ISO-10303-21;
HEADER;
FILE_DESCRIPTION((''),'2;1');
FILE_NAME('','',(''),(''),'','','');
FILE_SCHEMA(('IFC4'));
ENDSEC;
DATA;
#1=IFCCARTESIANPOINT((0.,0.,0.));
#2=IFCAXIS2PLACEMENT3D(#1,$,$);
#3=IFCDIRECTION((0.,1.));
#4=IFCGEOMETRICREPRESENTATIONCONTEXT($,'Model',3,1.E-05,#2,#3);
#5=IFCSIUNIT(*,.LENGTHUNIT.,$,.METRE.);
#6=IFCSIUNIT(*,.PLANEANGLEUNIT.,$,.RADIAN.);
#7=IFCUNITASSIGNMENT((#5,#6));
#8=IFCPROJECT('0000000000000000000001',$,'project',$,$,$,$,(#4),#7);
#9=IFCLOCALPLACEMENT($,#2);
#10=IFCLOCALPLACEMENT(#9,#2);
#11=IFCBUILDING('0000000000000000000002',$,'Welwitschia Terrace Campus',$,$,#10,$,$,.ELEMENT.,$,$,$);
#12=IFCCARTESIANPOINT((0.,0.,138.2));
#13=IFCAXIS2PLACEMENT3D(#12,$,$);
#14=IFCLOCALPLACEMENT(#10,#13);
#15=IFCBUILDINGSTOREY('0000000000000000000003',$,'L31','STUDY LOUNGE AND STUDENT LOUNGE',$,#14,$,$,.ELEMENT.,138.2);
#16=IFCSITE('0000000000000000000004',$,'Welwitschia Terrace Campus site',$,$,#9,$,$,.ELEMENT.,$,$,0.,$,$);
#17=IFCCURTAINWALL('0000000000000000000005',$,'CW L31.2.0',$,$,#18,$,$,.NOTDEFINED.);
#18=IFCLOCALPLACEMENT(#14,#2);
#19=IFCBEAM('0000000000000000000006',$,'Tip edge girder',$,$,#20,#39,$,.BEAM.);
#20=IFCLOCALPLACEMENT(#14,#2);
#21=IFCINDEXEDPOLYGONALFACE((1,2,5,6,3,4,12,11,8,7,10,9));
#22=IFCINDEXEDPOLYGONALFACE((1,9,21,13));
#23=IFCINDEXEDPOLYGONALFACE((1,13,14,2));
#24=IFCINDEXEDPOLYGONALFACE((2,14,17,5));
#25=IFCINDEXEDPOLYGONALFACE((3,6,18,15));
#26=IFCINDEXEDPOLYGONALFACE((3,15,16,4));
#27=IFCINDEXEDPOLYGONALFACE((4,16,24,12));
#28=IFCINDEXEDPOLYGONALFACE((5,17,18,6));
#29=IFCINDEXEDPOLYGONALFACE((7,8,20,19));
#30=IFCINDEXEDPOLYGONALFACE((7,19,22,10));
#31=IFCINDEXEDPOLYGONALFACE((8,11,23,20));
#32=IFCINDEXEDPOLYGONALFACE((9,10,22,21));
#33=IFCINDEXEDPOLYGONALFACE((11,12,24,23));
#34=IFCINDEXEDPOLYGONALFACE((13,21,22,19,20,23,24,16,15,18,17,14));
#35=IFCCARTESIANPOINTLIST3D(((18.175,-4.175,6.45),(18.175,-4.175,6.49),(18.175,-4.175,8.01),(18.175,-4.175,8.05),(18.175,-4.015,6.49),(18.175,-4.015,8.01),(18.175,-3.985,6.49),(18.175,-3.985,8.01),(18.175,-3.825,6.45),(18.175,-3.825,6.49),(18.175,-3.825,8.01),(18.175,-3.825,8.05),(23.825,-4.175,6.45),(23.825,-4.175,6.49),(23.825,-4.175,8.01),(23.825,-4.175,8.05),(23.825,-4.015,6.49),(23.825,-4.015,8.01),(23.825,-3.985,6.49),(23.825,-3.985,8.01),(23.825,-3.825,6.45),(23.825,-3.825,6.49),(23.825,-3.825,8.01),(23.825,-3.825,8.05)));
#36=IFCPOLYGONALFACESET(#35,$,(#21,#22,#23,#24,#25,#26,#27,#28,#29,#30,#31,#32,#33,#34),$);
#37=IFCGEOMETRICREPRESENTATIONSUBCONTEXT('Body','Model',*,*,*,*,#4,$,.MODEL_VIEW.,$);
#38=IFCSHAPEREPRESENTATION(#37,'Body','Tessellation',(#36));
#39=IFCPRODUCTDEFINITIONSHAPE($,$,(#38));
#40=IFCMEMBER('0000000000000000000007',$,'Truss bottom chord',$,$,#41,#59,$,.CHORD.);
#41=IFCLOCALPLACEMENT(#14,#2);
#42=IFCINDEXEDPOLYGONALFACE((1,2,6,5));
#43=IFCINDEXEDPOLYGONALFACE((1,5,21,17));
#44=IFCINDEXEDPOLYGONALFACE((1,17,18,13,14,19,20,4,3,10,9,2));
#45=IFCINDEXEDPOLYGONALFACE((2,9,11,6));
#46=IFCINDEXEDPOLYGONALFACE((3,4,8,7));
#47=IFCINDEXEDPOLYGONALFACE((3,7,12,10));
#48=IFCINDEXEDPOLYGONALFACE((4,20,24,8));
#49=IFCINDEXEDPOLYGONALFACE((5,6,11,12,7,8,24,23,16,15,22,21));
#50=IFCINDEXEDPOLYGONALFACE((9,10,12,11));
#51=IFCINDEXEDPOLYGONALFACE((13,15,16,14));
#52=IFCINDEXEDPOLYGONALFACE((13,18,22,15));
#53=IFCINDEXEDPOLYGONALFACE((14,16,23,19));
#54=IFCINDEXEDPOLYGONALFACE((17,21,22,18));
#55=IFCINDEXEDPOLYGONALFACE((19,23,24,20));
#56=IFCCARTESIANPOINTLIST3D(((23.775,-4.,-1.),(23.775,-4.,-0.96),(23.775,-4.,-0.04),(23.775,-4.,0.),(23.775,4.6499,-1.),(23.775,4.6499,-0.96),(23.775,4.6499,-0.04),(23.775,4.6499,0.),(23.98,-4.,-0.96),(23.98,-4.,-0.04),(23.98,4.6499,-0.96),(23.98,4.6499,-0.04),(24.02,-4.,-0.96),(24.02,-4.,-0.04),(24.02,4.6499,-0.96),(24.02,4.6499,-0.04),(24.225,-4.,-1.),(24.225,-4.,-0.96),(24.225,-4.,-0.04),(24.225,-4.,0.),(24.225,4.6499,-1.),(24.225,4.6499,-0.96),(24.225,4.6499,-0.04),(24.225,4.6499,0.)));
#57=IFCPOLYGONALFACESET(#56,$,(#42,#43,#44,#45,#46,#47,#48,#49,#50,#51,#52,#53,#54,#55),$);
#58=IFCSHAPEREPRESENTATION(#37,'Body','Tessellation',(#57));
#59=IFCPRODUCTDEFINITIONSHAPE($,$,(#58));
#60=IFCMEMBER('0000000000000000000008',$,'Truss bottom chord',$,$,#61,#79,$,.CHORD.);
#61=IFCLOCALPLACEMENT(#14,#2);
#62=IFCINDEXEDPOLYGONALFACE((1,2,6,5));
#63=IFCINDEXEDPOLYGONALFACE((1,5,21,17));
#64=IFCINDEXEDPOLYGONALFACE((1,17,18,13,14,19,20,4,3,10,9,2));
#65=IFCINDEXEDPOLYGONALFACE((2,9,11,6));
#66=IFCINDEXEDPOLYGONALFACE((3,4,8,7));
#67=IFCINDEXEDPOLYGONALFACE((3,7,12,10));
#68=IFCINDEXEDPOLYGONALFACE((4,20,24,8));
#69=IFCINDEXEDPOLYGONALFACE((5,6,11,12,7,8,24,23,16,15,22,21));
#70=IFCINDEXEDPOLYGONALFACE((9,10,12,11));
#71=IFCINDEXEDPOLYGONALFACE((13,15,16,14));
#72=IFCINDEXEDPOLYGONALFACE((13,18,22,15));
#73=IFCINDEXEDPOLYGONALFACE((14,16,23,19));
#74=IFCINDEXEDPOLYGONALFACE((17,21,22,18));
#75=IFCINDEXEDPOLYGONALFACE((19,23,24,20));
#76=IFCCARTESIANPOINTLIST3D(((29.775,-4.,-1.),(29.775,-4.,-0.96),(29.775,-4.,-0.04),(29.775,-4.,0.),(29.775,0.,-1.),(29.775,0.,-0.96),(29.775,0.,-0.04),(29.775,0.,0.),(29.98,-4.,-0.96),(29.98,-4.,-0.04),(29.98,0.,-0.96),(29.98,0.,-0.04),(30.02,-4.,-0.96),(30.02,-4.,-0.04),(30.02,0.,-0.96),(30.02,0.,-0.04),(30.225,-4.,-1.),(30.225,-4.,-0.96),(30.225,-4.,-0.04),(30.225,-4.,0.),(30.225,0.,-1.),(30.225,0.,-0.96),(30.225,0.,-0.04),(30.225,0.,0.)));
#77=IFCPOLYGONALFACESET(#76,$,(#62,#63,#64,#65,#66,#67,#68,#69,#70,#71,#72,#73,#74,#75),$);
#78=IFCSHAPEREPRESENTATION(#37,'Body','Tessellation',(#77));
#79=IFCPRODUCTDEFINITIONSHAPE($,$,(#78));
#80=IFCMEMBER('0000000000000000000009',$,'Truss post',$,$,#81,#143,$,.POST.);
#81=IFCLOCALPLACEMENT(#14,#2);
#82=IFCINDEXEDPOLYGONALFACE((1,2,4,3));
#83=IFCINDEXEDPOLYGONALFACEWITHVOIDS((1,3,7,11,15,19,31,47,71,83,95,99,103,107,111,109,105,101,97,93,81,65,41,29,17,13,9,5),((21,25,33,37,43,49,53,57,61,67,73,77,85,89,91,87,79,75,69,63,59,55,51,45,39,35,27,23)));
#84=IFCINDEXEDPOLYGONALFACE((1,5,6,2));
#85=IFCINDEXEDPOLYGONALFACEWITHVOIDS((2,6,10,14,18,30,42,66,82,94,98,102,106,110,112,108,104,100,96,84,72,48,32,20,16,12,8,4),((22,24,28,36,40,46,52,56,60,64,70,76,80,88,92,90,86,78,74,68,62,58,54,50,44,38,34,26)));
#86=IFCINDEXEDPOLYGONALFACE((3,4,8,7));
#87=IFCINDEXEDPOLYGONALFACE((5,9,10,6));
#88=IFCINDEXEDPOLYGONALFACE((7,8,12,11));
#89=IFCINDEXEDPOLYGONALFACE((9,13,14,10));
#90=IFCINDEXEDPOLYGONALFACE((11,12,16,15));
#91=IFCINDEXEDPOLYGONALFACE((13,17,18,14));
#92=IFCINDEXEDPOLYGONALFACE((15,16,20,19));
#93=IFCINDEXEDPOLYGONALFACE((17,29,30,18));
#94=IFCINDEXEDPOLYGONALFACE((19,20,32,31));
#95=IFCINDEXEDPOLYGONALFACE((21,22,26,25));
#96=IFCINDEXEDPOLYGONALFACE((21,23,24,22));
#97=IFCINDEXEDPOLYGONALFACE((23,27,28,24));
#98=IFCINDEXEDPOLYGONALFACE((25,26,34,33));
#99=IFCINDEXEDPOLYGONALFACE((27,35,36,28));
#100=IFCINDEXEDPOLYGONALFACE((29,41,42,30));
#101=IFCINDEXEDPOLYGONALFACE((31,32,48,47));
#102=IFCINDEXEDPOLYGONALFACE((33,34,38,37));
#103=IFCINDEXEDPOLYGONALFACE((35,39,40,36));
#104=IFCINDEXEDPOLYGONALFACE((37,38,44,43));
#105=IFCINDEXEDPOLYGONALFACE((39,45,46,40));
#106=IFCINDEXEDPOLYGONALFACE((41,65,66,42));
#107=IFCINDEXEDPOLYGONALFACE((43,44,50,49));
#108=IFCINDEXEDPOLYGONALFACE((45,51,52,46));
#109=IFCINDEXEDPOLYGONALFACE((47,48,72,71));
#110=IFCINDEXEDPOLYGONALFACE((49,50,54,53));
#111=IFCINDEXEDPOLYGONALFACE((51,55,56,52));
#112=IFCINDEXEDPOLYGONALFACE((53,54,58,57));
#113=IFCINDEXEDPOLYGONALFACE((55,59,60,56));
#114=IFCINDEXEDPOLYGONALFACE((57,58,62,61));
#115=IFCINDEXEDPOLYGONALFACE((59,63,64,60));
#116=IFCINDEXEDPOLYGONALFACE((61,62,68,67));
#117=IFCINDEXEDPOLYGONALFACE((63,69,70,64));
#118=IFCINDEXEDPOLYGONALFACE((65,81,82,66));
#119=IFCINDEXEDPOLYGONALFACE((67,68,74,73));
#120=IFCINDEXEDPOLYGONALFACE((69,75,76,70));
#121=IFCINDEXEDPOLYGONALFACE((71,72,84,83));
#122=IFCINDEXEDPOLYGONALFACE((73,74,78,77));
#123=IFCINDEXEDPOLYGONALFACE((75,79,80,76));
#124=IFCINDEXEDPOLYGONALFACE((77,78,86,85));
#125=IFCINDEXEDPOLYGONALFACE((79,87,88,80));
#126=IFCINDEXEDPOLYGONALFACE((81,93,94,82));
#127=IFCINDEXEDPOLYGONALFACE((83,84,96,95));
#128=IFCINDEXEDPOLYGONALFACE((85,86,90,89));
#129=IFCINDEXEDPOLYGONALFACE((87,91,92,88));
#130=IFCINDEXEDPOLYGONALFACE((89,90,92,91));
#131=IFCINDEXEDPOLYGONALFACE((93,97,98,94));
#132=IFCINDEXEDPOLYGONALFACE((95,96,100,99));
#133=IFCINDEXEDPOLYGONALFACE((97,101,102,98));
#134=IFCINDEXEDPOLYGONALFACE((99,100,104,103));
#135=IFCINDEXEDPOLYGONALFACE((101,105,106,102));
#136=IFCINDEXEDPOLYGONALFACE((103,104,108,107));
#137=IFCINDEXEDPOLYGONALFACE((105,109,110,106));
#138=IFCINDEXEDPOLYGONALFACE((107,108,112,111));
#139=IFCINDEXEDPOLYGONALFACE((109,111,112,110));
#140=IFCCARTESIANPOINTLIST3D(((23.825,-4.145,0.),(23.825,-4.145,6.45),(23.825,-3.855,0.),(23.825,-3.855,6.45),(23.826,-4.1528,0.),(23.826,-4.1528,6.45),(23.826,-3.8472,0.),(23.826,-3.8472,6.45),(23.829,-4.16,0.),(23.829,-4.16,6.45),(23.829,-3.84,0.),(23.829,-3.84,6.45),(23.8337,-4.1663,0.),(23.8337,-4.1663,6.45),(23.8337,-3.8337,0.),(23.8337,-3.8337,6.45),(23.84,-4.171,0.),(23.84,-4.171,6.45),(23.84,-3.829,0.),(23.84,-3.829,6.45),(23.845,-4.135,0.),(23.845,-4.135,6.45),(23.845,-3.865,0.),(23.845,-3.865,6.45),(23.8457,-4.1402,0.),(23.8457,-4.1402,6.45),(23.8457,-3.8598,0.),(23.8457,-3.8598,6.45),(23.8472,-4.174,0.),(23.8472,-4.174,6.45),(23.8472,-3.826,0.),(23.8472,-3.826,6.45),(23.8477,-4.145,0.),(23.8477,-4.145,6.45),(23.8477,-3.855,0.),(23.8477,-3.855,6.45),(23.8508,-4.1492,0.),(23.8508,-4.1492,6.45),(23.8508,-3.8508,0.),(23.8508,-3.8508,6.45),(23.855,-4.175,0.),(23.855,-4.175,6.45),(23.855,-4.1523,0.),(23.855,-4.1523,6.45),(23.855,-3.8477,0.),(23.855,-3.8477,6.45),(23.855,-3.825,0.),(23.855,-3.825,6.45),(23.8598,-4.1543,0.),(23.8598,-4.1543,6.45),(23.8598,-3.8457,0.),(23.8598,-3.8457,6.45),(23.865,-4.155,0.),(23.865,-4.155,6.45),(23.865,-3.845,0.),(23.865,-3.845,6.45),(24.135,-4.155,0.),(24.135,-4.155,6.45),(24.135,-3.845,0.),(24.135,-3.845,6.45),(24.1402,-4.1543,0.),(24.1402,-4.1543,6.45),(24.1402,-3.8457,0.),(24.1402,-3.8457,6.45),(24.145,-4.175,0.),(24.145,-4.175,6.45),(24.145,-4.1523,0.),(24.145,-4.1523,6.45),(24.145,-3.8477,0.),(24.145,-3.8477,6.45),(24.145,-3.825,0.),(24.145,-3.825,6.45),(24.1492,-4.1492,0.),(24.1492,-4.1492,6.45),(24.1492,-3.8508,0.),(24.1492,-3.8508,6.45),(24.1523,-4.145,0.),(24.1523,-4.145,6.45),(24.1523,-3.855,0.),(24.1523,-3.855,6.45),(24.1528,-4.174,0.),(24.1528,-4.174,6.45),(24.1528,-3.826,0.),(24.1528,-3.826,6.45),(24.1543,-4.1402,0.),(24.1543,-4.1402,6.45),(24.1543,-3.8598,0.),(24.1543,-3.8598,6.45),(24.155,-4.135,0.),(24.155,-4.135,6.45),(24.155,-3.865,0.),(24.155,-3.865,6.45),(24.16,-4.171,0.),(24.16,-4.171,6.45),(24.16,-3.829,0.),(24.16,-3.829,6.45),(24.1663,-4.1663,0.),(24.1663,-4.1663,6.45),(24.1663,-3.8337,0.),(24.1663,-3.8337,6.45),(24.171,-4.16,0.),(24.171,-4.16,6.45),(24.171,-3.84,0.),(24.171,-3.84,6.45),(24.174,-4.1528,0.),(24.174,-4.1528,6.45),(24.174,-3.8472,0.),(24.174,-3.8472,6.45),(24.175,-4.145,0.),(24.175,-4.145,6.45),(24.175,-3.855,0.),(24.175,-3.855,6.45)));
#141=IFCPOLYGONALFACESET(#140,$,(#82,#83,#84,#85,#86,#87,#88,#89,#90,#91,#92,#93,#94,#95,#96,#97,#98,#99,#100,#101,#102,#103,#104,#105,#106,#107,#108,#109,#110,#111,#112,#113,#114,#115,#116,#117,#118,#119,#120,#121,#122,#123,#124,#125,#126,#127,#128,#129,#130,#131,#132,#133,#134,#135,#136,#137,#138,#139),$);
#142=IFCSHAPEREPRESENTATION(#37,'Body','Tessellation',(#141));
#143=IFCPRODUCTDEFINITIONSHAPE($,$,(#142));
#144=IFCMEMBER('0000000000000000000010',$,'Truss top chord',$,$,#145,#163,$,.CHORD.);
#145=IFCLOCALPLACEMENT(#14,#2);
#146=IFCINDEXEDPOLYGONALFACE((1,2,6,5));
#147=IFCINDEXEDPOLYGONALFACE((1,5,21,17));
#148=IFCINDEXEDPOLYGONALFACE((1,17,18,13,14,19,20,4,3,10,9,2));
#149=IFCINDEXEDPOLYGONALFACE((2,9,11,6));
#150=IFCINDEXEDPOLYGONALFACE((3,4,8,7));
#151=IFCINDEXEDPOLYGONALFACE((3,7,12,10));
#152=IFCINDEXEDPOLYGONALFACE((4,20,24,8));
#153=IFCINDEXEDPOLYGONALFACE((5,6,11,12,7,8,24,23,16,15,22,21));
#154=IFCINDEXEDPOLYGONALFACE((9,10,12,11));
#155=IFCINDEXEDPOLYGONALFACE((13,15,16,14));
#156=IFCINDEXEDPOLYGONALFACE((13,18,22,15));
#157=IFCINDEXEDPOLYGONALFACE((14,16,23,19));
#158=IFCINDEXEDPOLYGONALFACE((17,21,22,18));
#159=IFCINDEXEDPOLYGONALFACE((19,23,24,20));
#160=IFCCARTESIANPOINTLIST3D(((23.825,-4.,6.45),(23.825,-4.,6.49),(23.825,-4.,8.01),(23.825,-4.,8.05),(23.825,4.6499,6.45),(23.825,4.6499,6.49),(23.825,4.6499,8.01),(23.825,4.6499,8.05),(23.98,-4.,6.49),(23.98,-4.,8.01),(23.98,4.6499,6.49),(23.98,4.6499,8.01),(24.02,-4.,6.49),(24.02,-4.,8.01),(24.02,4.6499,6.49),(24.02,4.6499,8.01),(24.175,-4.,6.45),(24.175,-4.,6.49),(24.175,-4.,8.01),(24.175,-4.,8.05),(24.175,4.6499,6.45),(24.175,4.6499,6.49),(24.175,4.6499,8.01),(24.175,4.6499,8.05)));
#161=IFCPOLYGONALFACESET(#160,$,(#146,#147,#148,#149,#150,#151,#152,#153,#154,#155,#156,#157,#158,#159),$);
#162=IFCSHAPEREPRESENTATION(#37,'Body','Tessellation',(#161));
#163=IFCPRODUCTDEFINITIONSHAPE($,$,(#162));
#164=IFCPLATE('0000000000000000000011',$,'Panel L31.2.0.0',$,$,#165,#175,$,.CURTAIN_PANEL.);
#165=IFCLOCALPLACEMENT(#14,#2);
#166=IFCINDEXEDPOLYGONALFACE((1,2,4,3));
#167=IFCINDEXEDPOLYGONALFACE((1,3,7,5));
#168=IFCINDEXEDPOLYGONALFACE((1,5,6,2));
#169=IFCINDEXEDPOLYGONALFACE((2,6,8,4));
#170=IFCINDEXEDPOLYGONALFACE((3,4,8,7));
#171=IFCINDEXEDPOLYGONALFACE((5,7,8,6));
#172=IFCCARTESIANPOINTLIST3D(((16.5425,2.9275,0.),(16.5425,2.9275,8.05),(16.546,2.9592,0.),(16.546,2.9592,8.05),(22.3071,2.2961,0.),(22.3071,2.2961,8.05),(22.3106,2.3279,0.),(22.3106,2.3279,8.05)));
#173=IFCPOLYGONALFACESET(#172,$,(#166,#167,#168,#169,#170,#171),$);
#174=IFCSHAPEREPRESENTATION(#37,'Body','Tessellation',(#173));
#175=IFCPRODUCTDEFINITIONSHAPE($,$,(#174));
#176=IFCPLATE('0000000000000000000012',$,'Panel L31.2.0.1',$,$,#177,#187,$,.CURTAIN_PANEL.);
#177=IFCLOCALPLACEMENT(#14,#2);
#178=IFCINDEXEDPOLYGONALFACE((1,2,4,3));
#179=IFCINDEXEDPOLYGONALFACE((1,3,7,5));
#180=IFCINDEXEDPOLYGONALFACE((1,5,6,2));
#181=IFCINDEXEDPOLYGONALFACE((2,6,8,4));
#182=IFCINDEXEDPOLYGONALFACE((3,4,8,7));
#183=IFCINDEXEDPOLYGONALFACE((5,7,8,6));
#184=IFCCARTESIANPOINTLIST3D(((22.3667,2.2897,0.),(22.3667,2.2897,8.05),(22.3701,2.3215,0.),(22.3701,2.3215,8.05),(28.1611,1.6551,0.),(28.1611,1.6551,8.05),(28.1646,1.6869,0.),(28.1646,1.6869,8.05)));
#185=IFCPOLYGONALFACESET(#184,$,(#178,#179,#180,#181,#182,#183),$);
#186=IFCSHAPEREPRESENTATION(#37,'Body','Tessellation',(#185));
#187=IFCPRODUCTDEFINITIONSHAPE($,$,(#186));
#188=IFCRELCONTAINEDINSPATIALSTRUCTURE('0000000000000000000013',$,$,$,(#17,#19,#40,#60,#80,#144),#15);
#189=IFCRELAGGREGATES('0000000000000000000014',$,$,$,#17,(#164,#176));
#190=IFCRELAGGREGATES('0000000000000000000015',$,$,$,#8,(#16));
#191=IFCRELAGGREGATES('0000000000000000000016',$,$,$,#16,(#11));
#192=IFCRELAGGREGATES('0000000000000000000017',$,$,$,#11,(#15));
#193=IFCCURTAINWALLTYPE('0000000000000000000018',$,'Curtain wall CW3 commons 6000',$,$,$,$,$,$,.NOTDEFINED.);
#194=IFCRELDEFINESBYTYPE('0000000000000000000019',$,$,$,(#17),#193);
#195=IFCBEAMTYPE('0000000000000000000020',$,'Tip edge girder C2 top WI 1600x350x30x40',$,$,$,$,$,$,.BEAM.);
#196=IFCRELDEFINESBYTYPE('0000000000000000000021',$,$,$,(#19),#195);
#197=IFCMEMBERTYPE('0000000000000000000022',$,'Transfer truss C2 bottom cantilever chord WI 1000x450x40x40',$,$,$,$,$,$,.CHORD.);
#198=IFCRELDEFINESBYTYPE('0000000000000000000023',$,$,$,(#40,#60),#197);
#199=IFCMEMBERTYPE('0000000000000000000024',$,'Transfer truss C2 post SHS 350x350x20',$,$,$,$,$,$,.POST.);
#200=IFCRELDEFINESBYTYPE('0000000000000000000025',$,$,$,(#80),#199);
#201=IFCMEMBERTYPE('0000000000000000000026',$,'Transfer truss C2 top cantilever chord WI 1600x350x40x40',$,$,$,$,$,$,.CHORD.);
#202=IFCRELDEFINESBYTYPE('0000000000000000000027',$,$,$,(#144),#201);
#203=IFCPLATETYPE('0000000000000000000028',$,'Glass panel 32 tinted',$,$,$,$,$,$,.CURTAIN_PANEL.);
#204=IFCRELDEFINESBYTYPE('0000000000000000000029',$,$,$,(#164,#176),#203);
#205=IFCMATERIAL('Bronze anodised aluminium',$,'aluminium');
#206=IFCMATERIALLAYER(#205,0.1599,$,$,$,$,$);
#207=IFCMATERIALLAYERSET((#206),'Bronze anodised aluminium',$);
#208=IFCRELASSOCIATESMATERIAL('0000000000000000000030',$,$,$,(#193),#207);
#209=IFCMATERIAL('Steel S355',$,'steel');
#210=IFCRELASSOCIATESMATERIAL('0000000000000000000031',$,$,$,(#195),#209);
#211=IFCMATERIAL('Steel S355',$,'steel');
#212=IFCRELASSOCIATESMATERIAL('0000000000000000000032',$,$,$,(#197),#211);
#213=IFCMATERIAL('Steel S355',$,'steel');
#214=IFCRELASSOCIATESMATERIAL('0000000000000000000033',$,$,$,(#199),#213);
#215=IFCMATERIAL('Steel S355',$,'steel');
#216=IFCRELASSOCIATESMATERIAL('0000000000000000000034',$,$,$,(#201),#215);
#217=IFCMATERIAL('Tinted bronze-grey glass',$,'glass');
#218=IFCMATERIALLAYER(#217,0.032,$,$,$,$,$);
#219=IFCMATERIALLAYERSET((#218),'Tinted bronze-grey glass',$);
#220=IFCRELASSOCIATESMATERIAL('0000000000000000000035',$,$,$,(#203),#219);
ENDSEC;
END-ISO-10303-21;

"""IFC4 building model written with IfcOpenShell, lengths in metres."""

from ifc_helpers import new_model, si_unit, direction, frame, origin, origin_2d, place, context, subcontext, project, spatial, rectangle, hollow_rectangle, i_section, extrude, material, layer, layer_set, material_profile, profile_set, type_object, element, aggregate, save


model = new_model("IFC4")

# Units and contexts
model_context = context("Model", 3, precision=1e-05, world=origin(), true_north=direction((0.0, 1.0)))
body_context = subcontext(model_context, "Body", "Model", "MODEL_VIEW")
ifc_project = project(units=[si_unit("LENGTHUNIT", "METRE"), si_unit("PLANEANGLEUNIT", "RADIAN")], contexts=[model_context])

# Site, building, storey
site_placement = place(None, origin())
site = spatial("IfcSite", under=ifc_project, at=site_placement, Name="Welwitschia Terrace Campus site", CompositionType="ELEMENT", RefElevation=0.0)
building_placement = place(site_placement, origin())
building = spatial("IfcBuilding", under=site, at=building_placement, Name="Welwitschia Terrace Campus", CompositionType="ELEMENT")
storey_placement = place(building_placement, frame((0.0, 0.0, 138.2)))
storey = spatial("IfcBuildingStorey", under=building, at=storey_placement, Name="L31", Description="STUDY LOUNGE AND STUDENT LOUNGE", CompositionType="ELEMENT", Elevation=138.2)

# Curtain wall
ifc_material_1 = material(Name="Bronze anodised aluminium", Category="aluminium")
ifc_layer_1 = layer(ifc_material_1, 0.1599)
ifc_layer_set_1 = layer_set([ifc_layer_1], Name="Bronze anodised aluminium")
curtain_wall_type = type_object("IfcCurtainWallType", Name="Curtain wall CW3 commons 6000", PredefinedType="NOTDEFINED", material=ifc_layer_set_1)
curtain_wall_placement = place(storey_placement, origin())
curtain_wall = element("IfcCurtainWall", 1, at=curtain_wall_placement, inside=storey, type_object=curtain_wall_type, Name="CW L31.2.0", PredefinedType="NOTDEFINED")

# Beam
ifc_material_2 = material(Name="Steel S355", Category="steel")
ifc_material_profile_1 = material_profile(ifc_material_2, i_section(OverallWidth=0.3501, OverallDepth=1.6001, WebThickness=0.03, FlangeThickness=0.04, at=origin_2d()))
ifc_profile_set_1 = profile_set([ifc_material_profile_1], Name="Steel S355")
beam_type_1 = type_object("IfcBeamType", Name="Tip edge girder C2 top WI 1600x350x30x40", PredefinedType="BEAM", material=ifc_profile_set_1)
beam_1_placement = place(storey_placement, frame((18.175, -4.0, 7.25), z_axis=(1.0, 0.0, 0.0), x_axis=(0.0, 1.0, 0.0)))
element("IfcBeam", 2, at=beam_1_placement, inside=storey, type_object=beam_type_1, Name="Tip edge girder", PredefinedType="BEAM", context=body_context, shape_type="SweptSolid", body=[
    extrude(i_section(OverallWidth=0.3501, OverallDepth=1.6001, WebThickness=0.03, FlangeThickness=0.04, at=origin_2d()), origin(), (0.0, 0.0, 1.0), 5.6499),
])

# Members
ifc_material_3 = material(Name="Steel S355", Category="steel")
ifc_material_profile_2 = material_profile(ifc_material_3, i_section(OverallWidth=0.45, OverallDepth=1.0, WebThickness=0.04, FlangeThickness=0.04, at=origin_2d()))
ifc_profile_set_2 = profile_set([ifc_material_profile_2], Name="Steel S355")
member_type_1 = type_object("IfcMemberType", Name="Transfer truss C2 bottom cantilever chord WI 1000x450x40x40", PredefinedType="CHORD", material=ifc_profile_set_2)
member_1_placement = place(storey_placement, frame((24.0, -4.0, -0.5), z_axis=(0.0, 1.0, 0.0), x_axis=(-1.0, 0.0, 0.0)))
element("IfcMember", 3, at=member_1_placement, inside=storey, type_object=member_type_1, Name="Truss bottom chord", PredefinedType="CHORD", context=body_context, shape_type="SweptSolid", body=[
    extrude(i_section(OverallWidth=0.45, OverallDepth=1.0, WebThickness=0.04, FlangeThickness=0.04, at=origin_2d()), origin(), (0.0, 0.0, 1.0), 8.6499),
])
member_2_placement = place(storey_placement, frame((30.0, -4.0, -0.5), z_axis=(0.0, 1.0, 0.0), x_axis=(-1.0, 0.0, 0.0)))
element("IfcMember", 4, at=member_2_placement, inside=storey, type_object=member_type_1, Name="Truss bottom chord", PredefinedType="CHORD", context=body_context, shape_type="SweptSolid", body=[
    extrude(i_section(OverallWidth=0.45, OverallDepth=1.0, WebThickness=0.04, FlangeThickness=0.04, at=origin_2d()), origin(), (0.0, 0.0, 1.0), 4.0),
])
ifc_material_4 = material(Name="Steel S355", Category="steel")
ifc_material_profile_3 = material_profile(ifc_material_4, hollow_rectangle(XDim=0.3501, YDim=0.3501, WallThickness=0.02, InnerFilletRadius=0.02, OuterFilletRadius=0.03, at=origin_2d()))
ifc_profile_set_3 = profile_set([ifc_material_profile_3], Name="Steel S355")
member_type_2 = type_object("IfcMemberType", Name="Transfer truss C2 post SHS 350x350x20", PredefinedType="POST", material=ifc_profile_set_3)
member_3_placement = place(storey_placement, frame((24.0, -4.0, 0.0), z_axis=(0.0, 0.0, 1.0), x_axis=(1.0, 0.0, 0.0)))
element("IfcMember", 5, at=member_3_placement, inside=storey, type_object=member_type_2, Name="Truss post", PredefinedType="POST", context=body_context, shape_type="SweptSolid", body=[
    extrude(hollow_rectangle(XDim=0.3501, YDim=0.3501, WallThickness=0.02, InnerFilletRadius=0.02, OuterFilletRadius=0.03, at=origin_2d()), origin(), (0.0, 0.0, 1.0), 6.45),
])
ifc_material_5 = material(Name="Steel S355", Category="steel")
ifc_material_profile_4 = material_profile(ifc_material_5, i_section(OverallWidth=0.3501, OverallDepth=1.6001, WebThickness=0.04, FlangeThickness=0.04, at=origin_2d()))
ifc_profile_set_4 = profile_set([ifc_material_profile_4], Name="Steel S355")
member_type_3 = type_object("IfcMemberType", Name="Transfer truss C2 top cantilever chord WI 1600x350x40x40", PredefinedType="CHORD", material=ifc_profile_set_4)
member_4_placement = place(storey_placement, frame((24.0, -4.0, 7.25), z_axis=(0.0, 1.0, 0.0), x_axis=(-1.0, 0.0, 0.0)))
element("IfcMember", 6, at=member_4_placement, inside=storey, type_object=member_type_3, Name="Truss top chord", PredefinedType="CHORD", context=body_context, shape_type="SweptSolid", body=[
    extrude(i_section(OverallWidth=0.3501, OverallDepth=1.6001, WebThickness=0.04, FlangeThickness=0.04, at=origin_2d()), origin(), (0.0, 0.0, 1.0), 8.6499),
])

# Plates
ifc_material_6 = material(Name="Tinted bronze-grey glass", Category="glass")
ifc_layer_2 = layer(ifc_material_6, 0.032)
ifc_layer_set_2 = layer_set([ifc_layer_2], Name="Tinted bronze-grey glass")
plate_type = type_object("IfcPlateType", Name="Glass panel 32 tinted", PredefinedType="CURTAIN_PANEL", material=ifc_layer_set_2)
plate_1_placement = place(storey_placement, frame((19.4265, 2.6277, 0.0), z_axis=(0.0, 0.0, 1.0), x_axis=(0.994056, -0.108867, 0.0)))
plate_1 = element("IfcPlate", 7, at=plate_1_placement, type_object=plate_type, Name="Panel L31.2.0.0", PredefinedType="CURTAIN_PANEL", context=body_context, shape_type="SweptSolid", body=[
    extrude(rectangle(XDim=5.7991, YDim=0.032, at=origin_2d()), origin(), (0.0, 0.0, 1.0), 8.05),
])
plate_2_placement = place(storey_placement, frame((25.2656, 1.9883, 0.0), z_axis=(0.0, 0.0, 1.0), x_axis=(0.994056, -0.108867, 0.0)))
plate_2 = element("IfcPlate", 8, at=plate_2_placement, type_object=plate_type, Name="Panel L31.2.0.1", PredefinedType="CURTAIN_PANEL", context=body_context, shape_type="SweptSolid", body=[
    extrude(rectangle(XDim=5.8291, YDim=0.032, at=origin_2d()), origin(), (0.0, 0.0, 1.0), 8.05),
])
aggregate(curtain_wall, [plate_1, plate_2])

save(model, "model.ifc")
